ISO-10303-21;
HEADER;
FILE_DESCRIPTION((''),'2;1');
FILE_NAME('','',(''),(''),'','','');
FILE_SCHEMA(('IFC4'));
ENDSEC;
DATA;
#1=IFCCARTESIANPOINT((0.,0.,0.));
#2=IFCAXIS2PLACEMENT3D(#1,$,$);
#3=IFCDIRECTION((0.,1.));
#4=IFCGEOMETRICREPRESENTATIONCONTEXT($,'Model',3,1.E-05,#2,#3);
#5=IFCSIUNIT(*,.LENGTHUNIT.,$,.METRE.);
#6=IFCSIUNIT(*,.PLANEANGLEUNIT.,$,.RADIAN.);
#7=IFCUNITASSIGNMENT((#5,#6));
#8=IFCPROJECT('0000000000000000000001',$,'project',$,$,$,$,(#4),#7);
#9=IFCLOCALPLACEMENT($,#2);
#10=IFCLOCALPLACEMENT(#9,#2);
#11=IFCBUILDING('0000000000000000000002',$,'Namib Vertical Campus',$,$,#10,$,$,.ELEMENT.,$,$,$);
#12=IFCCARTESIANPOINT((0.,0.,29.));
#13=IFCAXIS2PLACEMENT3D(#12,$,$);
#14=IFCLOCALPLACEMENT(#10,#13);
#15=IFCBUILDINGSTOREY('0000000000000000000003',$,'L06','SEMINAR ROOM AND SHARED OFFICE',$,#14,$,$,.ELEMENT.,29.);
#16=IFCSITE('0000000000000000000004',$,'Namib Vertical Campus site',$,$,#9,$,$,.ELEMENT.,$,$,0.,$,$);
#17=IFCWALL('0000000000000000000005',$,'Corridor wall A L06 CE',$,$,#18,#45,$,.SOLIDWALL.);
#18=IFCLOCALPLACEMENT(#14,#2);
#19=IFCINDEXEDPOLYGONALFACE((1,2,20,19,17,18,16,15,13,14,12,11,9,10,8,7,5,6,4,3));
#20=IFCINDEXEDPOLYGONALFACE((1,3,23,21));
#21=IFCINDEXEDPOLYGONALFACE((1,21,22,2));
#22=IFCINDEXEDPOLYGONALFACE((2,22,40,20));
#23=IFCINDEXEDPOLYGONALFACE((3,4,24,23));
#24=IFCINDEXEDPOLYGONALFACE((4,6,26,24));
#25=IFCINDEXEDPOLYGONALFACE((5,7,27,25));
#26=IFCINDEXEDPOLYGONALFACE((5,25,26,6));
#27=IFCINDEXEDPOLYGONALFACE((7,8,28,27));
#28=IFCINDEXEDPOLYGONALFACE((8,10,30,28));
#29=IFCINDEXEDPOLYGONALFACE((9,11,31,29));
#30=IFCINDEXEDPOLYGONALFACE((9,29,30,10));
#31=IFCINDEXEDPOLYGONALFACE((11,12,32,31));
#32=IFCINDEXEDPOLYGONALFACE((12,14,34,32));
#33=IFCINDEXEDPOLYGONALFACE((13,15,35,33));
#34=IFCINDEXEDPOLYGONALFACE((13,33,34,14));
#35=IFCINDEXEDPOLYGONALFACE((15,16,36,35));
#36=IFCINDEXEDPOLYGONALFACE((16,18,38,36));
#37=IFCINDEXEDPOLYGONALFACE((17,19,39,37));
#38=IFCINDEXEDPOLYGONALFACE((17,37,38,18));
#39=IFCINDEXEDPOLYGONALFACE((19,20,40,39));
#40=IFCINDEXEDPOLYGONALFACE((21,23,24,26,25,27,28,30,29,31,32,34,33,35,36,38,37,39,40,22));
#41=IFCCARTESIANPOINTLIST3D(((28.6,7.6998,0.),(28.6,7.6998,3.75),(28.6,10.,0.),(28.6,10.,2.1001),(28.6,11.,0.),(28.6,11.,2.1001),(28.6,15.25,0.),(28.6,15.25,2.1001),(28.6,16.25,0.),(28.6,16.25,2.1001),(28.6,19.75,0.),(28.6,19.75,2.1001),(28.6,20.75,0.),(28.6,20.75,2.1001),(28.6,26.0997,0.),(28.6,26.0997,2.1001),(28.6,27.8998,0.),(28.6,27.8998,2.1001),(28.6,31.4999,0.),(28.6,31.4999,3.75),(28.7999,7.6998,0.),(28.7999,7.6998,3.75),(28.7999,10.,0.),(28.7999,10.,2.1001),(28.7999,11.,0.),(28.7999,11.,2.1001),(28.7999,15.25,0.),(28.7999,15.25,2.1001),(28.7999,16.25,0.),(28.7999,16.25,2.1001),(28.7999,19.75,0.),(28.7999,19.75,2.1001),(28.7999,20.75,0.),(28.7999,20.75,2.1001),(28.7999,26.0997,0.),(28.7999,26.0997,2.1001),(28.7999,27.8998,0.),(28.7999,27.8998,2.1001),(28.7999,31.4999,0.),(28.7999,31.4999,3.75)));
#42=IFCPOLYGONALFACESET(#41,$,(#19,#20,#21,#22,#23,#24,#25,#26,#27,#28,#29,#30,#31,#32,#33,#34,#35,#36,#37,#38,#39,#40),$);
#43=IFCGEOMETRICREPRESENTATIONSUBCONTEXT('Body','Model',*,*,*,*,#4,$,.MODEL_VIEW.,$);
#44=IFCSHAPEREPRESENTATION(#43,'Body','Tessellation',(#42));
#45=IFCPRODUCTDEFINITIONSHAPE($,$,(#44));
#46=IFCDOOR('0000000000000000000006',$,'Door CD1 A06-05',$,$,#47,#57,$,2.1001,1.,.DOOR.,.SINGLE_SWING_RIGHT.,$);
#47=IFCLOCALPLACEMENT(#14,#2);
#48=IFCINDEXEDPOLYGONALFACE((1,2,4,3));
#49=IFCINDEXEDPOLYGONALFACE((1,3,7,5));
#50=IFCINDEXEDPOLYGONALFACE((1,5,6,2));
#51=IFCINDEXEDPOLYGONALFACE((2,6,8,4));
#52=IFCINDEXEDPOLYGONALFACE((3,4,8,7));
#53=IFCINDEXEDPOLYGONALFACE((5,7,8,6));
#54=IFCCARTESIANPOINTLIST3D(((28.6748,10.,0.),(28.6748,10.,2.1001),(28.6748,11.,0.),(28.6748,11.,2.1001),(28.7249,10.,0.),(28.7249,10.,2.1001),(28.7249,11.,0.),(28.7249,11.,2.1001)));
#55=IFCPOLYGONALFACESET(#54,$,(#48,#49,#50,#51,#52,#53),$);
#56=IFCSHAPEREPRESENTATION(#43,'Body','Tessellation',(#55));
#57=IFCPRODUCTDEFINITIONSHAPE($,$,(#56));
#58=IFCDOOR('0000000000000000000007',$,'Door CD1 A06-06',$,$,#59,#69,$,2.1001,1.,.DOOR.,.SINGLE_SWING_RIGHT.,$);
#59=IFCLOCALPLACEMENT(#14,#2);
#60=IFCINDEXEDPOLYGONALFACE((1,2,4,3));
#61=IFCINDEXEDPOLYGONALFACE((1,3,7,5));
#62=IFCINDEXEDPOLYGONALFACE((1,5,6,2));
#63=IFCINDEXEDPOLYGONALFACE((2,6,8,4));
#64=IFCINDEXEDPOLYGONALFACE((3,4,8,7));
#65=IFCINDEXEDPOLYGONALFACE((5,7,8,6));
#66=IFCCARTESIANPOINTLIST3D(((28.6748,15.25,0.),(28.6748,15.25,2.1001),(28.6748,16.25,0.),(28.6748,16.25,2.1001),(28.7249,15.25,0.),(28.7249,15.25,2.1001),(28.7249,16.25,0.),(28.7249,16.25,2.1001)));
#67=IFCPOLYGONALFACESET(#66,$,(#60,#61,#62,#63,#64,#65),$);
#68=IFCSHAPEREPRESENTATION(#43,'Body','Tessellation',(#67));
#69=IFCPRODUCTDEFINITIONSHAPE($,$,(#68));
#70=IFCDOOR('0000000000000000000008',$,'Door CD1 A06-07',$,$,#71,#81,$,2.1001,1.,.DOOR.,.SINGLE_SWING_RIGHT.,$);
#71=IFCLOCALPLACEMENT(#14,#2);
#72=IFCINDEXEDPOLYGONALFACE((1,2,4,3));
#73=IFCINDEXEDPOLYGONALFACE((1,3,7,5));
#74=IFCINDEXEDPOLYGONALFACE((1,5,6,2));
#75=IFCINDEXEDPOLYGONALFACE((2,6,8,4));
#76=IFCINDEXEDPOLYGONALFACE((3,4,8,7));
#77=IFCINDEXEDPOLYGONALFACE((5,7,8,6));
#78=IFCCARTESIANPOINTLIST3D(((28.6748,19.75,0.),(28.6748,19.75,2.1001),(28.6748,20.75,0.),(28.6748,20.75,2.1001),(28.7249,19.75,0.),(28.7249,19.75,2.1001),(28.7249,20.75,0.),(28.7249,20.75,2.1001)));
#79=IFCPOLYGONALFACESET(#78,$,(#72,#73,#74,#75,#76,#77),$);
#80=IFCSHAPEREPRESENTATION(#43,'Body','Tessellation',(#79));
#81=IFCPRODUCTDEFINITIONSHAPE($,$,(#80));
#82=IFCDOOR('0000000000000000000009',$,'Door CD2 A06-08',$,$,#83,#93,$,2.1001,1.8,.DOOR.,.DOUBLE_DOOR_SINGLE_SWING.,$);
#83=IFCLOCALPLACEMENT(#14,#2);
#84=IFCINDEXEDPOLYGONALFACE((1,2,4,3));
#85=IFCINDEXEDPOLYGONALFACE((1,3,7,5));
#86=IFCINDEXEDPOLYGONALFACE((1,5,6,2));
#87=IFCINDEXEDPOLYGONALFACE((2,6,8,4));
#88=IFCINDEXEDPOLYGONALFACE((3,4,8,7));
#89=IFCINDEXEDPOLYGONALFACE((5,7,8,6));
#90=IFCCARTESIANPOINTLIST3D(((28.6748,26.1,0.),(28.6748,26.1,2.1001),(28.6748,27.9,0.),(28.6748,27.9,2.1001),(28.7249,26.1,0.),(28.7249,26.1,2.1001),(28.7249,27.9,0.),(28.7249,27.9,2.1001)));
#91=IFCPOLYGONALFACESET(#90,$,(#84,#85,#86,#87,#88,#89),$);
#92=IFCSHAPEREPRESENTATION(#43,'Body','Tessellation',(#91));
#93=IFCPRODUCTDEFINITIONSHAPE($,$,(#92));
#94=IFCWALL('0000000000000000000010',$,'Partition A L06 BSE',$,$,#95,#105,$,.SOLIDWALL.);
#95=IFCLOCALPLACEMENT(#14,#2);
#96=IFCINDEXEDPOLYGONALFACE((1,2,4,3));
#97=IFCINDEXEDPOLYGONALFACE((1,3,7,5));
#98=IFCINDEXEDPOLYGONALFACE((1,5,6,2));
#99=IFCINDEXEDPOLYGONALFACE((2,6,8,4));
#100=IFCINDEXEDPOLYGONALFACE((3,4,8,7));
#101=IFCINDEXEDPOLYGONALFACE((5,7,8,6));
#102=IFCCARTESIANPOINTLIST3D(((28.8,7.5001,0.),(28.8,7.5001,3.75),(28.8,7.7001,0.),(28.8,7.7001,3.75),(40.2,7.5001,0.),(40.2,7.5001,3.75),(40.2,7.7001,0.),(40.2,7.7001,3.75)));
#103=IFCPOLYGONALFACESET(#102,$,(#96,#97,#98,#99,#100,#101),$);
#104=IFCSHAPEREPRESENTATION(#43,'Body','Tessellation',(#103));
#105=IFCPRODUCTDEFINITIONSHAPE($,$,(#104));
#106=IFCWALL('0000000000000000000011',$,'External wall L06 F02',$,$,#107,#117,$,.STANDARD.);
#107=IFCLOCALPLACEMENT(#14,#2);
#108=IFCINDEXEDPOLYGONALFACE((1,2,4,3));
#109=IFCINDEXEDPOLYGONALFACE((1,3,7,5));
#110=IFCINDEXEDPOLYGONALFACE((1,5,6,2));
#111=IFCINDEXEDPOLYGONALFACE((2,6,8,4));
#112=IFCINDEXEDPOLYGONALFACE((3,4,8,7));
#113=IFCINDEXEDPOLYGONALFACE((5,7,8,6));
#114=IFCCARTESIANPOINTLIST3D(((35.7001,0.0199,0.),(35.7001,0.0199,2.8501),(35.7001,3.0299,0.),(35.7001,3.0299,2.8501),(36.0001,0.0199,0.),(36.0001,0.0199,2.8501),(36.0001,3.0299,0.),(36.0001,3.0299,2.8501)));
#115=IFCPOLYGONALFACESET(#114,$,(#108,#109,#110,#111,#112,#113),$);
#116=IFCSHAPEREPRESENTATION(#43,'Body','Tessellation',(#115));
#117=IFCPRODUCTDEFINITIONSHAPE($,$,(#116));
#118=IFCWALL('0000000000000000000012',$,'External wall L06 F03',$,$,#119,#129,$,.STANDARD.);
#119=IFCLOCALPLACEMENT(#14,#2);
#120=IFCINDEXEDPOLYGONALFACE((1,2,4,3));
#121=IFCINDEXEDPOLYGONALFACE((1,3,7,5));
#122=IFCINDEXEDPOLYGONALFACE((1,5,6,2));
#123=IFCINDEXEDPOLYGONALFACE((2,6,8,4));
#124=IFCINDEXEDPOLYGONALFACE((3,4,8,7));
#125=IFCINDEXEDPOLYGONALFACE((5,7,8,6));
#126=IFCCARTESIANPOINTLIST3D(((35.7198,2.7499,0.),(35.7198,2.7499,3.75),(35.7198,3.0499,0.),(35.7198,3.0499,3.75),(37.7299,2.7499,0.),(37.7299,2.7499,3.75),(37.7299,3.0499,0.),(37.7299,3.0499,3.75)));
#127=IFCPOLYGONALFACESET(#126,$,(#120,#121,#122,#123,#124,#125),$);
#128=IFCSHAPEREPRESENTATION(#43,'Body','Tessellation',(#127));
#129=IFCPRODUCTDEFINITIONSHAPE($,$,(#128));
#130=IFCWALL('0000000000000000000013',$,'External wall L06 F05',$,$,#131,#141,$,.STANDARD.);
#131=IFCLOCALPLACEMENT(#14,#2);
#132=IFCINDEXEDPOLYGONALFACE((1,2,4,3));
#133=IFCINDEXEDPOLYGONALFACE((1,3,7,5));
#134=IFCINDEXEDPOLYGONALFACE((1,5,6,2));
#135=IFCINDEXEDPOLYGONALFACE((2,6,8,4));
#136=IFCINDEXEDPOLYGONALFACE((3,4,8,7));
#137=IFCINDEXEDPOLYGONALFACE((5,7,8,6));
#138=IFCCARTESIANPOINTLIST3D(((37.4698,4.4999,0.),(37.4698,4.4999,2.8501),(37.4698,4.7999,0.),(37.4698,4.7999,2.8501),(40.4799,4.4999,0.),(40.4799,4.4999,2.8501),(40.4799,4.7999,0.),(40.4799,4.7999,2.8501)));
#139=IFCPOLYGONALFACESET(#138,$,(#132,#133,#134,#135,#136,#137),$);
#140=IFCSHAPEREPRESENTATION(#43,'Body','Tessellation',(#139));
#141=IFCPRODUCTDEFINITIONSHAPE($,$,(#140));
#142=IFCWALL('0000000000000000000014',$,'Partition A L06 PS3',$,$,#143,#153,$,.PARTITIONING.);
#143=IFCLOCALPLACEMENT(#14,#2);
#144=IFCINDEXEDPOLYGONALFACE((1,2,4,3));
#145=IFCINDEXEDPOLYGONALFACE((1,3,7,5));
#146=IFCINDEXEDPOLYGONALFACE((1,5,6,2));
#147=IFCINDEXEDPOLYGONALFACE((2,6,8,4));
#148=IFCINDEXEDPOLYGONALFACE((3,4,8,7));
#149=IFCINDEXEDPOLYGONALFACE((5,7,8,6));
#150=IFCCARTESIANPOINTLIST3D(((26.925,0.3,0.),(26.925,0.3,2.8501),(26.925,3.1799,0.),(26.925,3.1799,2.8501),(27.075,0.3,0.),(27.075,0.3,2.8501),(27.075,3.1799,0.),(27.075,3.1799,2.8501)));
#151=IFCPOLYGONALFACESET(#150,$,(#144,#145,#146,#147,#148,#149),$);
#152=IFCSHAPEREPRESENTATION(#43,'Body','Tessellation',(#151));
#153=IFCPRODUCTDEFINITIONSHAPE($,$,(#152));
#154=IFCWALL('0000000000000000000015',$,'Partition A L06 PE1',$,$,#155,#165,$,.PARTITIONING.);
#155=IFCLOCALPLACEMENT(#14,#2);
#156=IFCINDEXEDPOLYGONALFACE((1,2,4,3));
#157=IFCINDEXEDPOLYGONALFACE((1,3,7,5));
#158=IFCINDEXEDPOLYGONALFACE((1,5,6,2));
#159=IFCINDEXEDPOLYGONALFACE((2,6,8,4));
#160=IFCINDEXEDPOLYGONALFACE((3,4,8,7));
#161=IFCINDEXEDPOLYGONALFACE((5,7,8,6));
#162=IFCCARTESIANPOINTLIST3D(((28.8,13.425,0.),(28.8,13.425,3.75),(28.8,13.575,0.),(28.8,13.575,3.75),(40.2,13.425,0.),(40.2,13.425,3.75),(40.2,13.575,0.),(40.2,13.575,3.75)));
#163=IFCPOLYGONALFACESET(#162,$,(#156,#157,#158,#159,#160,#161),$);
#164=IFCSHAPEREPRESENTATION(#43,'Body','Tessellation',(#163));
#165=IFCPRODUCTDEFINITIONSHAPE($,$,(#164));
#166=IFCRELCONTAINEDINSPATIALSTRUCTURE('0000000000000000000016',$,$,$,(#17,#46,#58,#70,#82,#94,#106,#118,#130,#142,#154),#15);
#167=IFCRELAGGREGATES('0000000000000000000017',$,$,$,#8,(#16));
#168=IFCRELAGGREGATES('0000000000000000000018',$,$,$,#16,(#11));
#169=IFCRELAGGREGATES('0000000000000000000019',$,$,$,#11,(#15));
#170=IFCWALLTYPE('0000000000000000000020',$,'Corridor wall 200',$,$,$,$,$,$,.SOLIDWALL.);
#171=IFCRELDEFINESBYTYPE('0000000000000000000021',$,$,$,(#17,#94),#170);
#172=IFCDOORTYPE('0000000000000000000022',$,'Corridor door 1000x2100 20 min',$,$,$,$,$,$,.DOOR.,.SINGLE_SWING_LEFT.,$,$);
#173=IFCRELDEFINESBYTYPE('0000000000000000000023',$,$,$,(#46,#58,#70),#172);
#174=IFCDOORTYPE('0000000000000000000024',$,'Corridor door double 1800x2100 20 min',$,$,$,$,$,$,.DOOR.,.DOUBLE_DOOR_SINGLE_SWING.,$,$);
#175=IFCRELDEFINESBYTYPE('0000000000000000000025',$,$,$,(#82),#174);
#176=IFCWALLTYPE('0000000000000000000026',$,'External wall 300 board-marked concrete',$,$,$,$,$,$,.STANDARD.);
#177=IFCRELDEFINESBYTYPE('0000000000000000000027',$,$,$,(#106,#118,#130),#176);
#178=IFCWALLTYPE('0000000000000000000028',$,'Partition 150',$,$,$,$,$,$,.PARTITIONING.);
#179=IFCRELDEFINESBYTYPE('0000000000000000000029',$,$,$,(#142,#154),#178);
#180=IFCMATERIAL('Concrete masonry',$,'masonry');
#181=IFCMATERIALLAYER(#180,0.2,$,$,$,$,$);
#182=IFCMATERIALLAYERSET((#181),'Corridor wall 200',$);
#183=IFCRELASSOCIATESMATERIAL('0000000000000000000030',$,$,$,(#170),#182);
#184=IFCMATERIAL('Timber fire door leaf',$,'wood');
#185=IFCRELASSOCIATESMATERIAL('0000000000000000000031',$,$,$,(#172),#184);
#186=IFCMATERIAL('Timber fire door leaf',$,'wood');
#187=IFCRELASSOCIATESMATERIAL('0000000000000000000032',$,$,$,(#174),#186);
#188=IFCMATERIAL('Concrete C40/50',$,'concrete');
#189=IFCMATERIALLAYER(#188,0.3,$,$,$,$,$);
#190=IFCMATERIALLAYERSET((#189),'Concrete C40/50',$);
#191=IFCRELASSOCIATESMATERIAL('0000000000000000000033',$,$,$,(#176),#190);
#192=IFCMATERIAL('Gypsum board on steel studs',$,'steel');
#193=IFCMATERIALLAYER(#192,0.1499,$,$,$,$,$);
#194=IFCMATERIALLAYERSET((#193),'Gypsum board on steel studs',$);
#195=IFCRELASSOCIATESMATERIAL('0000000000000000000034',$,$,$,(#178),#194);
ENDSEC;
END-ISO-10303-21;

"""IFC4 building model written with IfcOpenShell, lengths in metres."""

from ifc_helpers import new_model, si_unit, direction, frame, frame_2d, origin, place, context, subcontext, project, spatial, rectangle, extrude, material, layer, layer_set, type_object, element, fill, save


model = new_model("IFC4")

# Units and contexts
model_context = context("Model", 3, precision=1e-05, world=origin(), true_north=direction((0.0, 1.0)))
body_context = subcontext(model_context, "Body", "Model", "MODEL_VIEW")
ifc_project = project(units=[si_unit("LENGTHUNIT", "METRE"), si_unit("PLANEANGLEUNIT", "RADIAN")], contexts=[model_context])

# Site, building, storey
site_placement = place(None, origin())
site = spatial("IfcSite", under=ifc_project, at=site_placement, Name="Namib Vertical Campus site", CompositionType="ELEMENT", RefElevation=0.0)
building_placement = place(site_placement, origin())
building = spatial("IfcBuilding", under=site, at=building_placement, Name="Namib Vertical Campus", CompositionType="ELEMENT")
storey_placement = place(building_placement, frame((0.0, 0.0, 29.0)))
storey = spatial("IfcBuildingStorey", under=building, at=storey_placement, Name="L06", Description="SEMINAR ROOM AND SHARED OFFICE", CompositionType="ELEMENT", Elevation=29.0)

# Wall, openings, doors
ifc_material_1 = material(Name="Concrete masonry", Category="masonry")
ifc_layer_1 = layer(ifc_material_1, 0.2)
ifc_layer_set_1 = layer_set([ifc_layer_1], Name="Corridor wall 200")
wall_type_1 = type_object("IfcWallType", Name="Corridor wall 200", PredefinedType="SOLIDWALL", material=ifc_layer_set_1)
wall_1_placement = place(storey_placement, frame((28.7, 7.7, 0.0), z_axis=(0.0, 0.0, 1.0), x_axis=(0.0, 1.0, 0.0)))
wall_1 = element("IfcWall", 1, at=wall_1_placement, inside=storey, type_object=wall_type_1, Name="Corridor wall A L06 CE", PredefinedType="SOLIDWALL", context=body_context, shape_type="SweptSolid", body=[
    extrude(rectangle(XDim=23.8, YDim=0.2, at=frame_2d((11.8999, 0.0))), origin(), (0.0, 0.0, 1.0), 3.75),
])
opening_1_placement = place(wall_1_placement, frame((2.3, 0.0, 0.0)))
opening_1 = element("IfcOpeningElement", 2, at=opening_1_placement, cuts=wall_1, PredefinedType="OPENING", context=body_context, shape_type="SweptSolid", body=[
    extrude(rectangle(XDim=1.0, YDim=2.1001, at=frame_2d((0.5, 1.05))), frame((0.0, 0.1099, 0.0), z_axis=(0.0, -1.0, 0.0), x_axis=(1.0, 0.0, 0.0)), (0.0, 0.0, 1.0), 0.22),
])
opening_2_placement = place(wall_1_placement, frame((7.55, 0.0, 0.0)))
opening_2 = element("IfcOpeningElement", 3, at=opening_2_placement, cuts=wall_1, PredefinedType="OPENING", context=body_context, shape_type="SweptSolid", body=[
    extrude(rectangle(XDim=1.0, YDim=2.1001, at=frame_2d((0.5, 1.05))), frame((0.0, 0.1099, 0.0), z_axis=(0.0, -1.0, 0.0), x_axis=(1.0, 0.0, 0.0)), (0.0, 0.0, 1.0), 0.22),
])
opening_3_placement = place(wall_1_placement, frame((12.05, 0.0, 0.0)))
opening_3 = element("IfcOpeningElement", 4, at=opening_3_placement, cuts=wall_1, PredefinedType="OPENING", context=body_context, shape_type="SweptSolid", body=[
    extrude(rectangle(XDim=1.0, YDim=2.1001, at=frame_2d((0.5, 1.05))), frame((0.0, 0.1099, 0.0), z_axis=(0.0, -1.0, 0.0), x_axis=(1.0, 0.0, 0.0)), (0.0, 0.0, 1.0), 0.22),
])
opening_4_placement = place(wall_1_placement, frame((18.3999, 0.0, 0.0)))
opening_4 = element("IfcOpeningElement", 5, at=opening_4_placement, cuts=wall_1, PredefinedType="OPENING", context=body_context, shape_type="SweptSolid", body=[
    extrude(rectangle(XDim=1.8, YDim=2.1001, at=frame_2d((0.8999, 1.05))), frame((0.0, 0.1099, 0.0), z_axis=(0.0, -1.0, 0.0), x_axis=(1.0, 0.0, 0.0)), (0.0, 0.0, 1.0), 0.22),
])
ifc_material_2 = material(Name="Timber fire door leaf", Category="wood")
door_type_1 = type_object("IfcDoorType", Name="Corridor door 1000x2100 20 min", OperationType="SINGLE_SWING_LEFT", PredefinedType="DOOR", material=ifc_material_2)
door_1_placement = place(opening_1_placement, frame((1.0, 0.0, 0.0), z_axis=(0.0, 0.0, 1.0), x_axis=(-1.0, 0.0, 0.0)))
door_1 = element("IfcDoor", 6, at=door_1_placement, inside=storey, type_object=door_type_1, Name="Door CD1 A06-05", OperationType="SINGLE_SWING_RIGHT", OverallHeight=2.1001, OverallWidth=1.0, PredefinedType="DOOR", context=body_context, shape_type="SweptSolid", body=[
    extrude(rectangle(XDim=1.0, YDim=2.1001, at=frame_2d((0.5, 1.05))), frame((0.0, 0.0249, 0.0), z_axis=(0.0, -1.0, 0.0), x_axis=(1.0, 0.0, 0.0)), (0.0, 0.0, 1.0), 0.05),
])
fill(opening_1, door_1)
door_2_placement = place(opening_2_placement, frame((1.0, 0.0, 0.0), z_axis=(0.0, 0.0, 1.0), x_axis=(-1.0, 0.0, 0.0)))
door_2 = element("IfcDoor", 7, at=door_2_placement, inside=storey, type_object=door_type_1, Name="Door CD1 A06-06", OperationType="SINGLE_SWING_RIGHT", OverallHeight=2.1001, OverallWidth=1.0, PredefinedType="DOOR", context=body_context, shape_type="SweptSolid", body=[
    extrude(rectangle(XDim=1.0, YDim=2.1001, at=frame_2d((0.5, 1.05))), frame((0.0, 0.0249, 0.0), z_axis=(0.0, -1.0, 0.0), x_axis=(1.0, 0.0, 0.0)), (0.0, 0.0, 1.0), 0.05),
])
fill(opening_2, door_2)
door_3_placement = place(opening_3_placement, frame((1.0, 0.0, 0.0), z_axis=(0.0, 0.0, 1.0), x_axis=(-1.0, 0.0, 0.0)))
door_3 = element("IfcDoor", 8, at=door_3_placement, inside=storey, type_object=door_type_1, Name="Door CD1 A06-07", OperationType="SINGLE_SWING_RIGHT", OverallHeight=2.1001, OverallWidth=1.0, PredefinedType="DOOR", context=body_context, shape_type="SweptSolid", body=[
    extrude(rectangle(XDim=1.0, YDim=2.1001, at=frame_2d((0.5, 1.05))), frame((0.0, 0.0249, 0.0), z_axis=(0.0, -1.0, 0.0), x_axis=(1.0, 0.0, 0.0)), (0.0, 0.0, 1.0), 0.05),
])
fill(opening_3, door_3)
ifc_material_3 = material(Name="Timber fire door leaf", Category="wood")
door_type_2 = type_object("IfcDoorType", Name="Corridor door double 1800x2100 20 min", OperationType="DOUBLE_DOOR_SINGLE_SWING", PredefinedType="DOOR", material=ifc_material_3)
door_4_placement = place(opening_4_placement, frame((1.8, 0.0, 0.0), z_axis=(0.0, 0.0, 1.0), x_axis=(-1.0, 0.0, 0.0)))
door_4 = element("IfcDoor", 9, at=door_4_placement, inside=storey, type_object=door_type_2, Name="Door CD2 A06-08", OperationType="DOUBLE_DOOR_SINGLE_SWING", OverallHeight=2.1001, OverallWidth=1.8, PredefinedType="DOOR", context=body_context, shape_type="SweptSolid", body=[
    extrude(rectangle(XDim=1.8, YDim=2.1001, at=frame_2d((0.8999, 1.05))), frame((0.0, 0.0249, 0.0), z_axis=(0.0, -1.0, 0.0), x_axis=(1.0, 0.0, 0.0)), (0.0, 0.0, 1.0), 0.05),
])
fill(opening_4, door_4)

# Walls
wall_2_placement = place(storey_placement, frame((28.8, 7.6001, 0.0), z_axis=(0.0, 0.0, 1.0), x_axis=(1.0, 0.0, 0.0)))
element("IfcWall", 10, at=wall_2_placement, inside=storey, type_object=wall_type_1, Name="Partition A L06 BSE", PredefinedType="SOLIDWALL", context=body_context, shape_type="SweptSolid", body=[
    extrude(rectangle(XDim=11.3999, YDim=0.2, at=frame_2d((5.7, 0.0))), origin(), (0.0, 0.0, 1.0), 3.75),
])
ifc_material_4 = material(Name="Concrete C40/50", Category="concrete")
ifc_layer_2 = layer(ifc_material_4, 0.3)
ifc_layer_set_2 = layer_set([ifc_layer_2], Name="Concrete C40/50")
wall_type_2 = type_object("IfcWallType", Name="External wall 300 board-marked concrete", PredefinedType="STANDARD", material=ifc_layer_set_2)
wall_3_placement = place(storey_placement, frame((35.8501, 0.02, 0.0), z_axis=(0.0, 0.0, 1.0), x_axis=(0.0, 1.0, 0.0)))
element("IfcWall", 11, at=wall_3_placement, inside=storey, type_object=wall_type_2, Name="External wall L06 F02", PredefinedType="STANDARD", context=body_context, shape_type="SweptSolid", body=[
    extrude(rectangle(XDim=3.01, YDim=0.3, at=frame_2d((1.5049, 0.0))), origin(), (0.0, 0.0, 1.0), 2.8501),
])
wall_4_placement = place(storey_placement, frame((35.72, 2.8999, 0.0), z_axis=(0.0, 0.0, 1.0), x_axis=(1.0, 0.0, 0.0)))
element("IfcWall", 12, at=wall_4_placement, inside=storey, type_object=wall_type_2, Name="External wall L06 F03", PredefinedType="STANDARD", context=body_context, shape_type="SweptSolid", body=[
    extrude(rectangle(XDim=2.01, YDim=0.3, at=frame_2d((1.0049, 0.0))), origin(), (0.0, 0.0, 1.0), 3.75),
])
wall_5_placement = place(storey_placement, frame((37.47, 4.6499, 0.0), z_axis=(0.0, 0.0, 1.0), x_axis=(1.0, 0.0, 0.0)))
element("IfcWall", 13, at=wall_5_placement, inside=storey, type_object=wall_type_2, Name="External wall L06 F05", PredefinedType="STANDARD", context=body_context, shape_type="SweptSolid", body=[
    extrude(rectangle(XDim=3.01, YDim=0.3, at=frame_2d((1.5049, 0.0))), origin(), (0.0, 0.0, 1.0), 2.8501),
])
ifc_material_5 = material(Name="Gypsum board on steel studs", Category="steel")
ifc_layer_3 = layer(ifc_material_5, 0.1499)
ifc_layer_set_3 = layer_set([ifc_layer_3], Name="Gypsum board on steel studs")
wall_type_3 = type_object("IfcWallType", Name="Partition 150", PredefinedType="PARTITIONING", material=ifc_layer_set_3)
wall_6_placement = place(storey_placement, frame((27.0, 0.3, 0.0), z_axis=(0.0, 0.0, 1.0), x_axis=(0.0, 1.0, 0.0)))
element("IfcWall", 14, at=wall_6_placement, inside=storey, type_object=wall_type_3, Name="Partition A L06 PS3", PredefinedType="PARTITIONING", context=body_context, shape_type="SweptSolid", body=[
    extrude(rectangle(XDim=2.8799, YDim=0.1499, at=frame_2d((1.4399, 0.0))), origin(), (0.0, 0.0, 1.0), 2.8501),
])
for number, where, z_axis, x_axis, name in (
    (15, (28.8, 13.5, 0.0), (0.0, 0.0, 1.0), (1.0, 0.0, 0.0), "Partition A L06 PE1"),
):
    element("IfcWall", number, at=place(storey_placement, frame(where, z_axis=z_axis, x_axis=x_axis)), inside=storey, type_object=wall_type_3, Name=name, PredefinedType="PARTITIONING", context=body_context, shape_type="SweptSolid", body=[
        extrude(rectangle(XDim=11.3999, YDim=0.1499, at=frame_2d((5.7, 0.0))), origin(), (0.0, 0.0, 1.0), 3.75),
    ])

save(model, "model.ifc")
